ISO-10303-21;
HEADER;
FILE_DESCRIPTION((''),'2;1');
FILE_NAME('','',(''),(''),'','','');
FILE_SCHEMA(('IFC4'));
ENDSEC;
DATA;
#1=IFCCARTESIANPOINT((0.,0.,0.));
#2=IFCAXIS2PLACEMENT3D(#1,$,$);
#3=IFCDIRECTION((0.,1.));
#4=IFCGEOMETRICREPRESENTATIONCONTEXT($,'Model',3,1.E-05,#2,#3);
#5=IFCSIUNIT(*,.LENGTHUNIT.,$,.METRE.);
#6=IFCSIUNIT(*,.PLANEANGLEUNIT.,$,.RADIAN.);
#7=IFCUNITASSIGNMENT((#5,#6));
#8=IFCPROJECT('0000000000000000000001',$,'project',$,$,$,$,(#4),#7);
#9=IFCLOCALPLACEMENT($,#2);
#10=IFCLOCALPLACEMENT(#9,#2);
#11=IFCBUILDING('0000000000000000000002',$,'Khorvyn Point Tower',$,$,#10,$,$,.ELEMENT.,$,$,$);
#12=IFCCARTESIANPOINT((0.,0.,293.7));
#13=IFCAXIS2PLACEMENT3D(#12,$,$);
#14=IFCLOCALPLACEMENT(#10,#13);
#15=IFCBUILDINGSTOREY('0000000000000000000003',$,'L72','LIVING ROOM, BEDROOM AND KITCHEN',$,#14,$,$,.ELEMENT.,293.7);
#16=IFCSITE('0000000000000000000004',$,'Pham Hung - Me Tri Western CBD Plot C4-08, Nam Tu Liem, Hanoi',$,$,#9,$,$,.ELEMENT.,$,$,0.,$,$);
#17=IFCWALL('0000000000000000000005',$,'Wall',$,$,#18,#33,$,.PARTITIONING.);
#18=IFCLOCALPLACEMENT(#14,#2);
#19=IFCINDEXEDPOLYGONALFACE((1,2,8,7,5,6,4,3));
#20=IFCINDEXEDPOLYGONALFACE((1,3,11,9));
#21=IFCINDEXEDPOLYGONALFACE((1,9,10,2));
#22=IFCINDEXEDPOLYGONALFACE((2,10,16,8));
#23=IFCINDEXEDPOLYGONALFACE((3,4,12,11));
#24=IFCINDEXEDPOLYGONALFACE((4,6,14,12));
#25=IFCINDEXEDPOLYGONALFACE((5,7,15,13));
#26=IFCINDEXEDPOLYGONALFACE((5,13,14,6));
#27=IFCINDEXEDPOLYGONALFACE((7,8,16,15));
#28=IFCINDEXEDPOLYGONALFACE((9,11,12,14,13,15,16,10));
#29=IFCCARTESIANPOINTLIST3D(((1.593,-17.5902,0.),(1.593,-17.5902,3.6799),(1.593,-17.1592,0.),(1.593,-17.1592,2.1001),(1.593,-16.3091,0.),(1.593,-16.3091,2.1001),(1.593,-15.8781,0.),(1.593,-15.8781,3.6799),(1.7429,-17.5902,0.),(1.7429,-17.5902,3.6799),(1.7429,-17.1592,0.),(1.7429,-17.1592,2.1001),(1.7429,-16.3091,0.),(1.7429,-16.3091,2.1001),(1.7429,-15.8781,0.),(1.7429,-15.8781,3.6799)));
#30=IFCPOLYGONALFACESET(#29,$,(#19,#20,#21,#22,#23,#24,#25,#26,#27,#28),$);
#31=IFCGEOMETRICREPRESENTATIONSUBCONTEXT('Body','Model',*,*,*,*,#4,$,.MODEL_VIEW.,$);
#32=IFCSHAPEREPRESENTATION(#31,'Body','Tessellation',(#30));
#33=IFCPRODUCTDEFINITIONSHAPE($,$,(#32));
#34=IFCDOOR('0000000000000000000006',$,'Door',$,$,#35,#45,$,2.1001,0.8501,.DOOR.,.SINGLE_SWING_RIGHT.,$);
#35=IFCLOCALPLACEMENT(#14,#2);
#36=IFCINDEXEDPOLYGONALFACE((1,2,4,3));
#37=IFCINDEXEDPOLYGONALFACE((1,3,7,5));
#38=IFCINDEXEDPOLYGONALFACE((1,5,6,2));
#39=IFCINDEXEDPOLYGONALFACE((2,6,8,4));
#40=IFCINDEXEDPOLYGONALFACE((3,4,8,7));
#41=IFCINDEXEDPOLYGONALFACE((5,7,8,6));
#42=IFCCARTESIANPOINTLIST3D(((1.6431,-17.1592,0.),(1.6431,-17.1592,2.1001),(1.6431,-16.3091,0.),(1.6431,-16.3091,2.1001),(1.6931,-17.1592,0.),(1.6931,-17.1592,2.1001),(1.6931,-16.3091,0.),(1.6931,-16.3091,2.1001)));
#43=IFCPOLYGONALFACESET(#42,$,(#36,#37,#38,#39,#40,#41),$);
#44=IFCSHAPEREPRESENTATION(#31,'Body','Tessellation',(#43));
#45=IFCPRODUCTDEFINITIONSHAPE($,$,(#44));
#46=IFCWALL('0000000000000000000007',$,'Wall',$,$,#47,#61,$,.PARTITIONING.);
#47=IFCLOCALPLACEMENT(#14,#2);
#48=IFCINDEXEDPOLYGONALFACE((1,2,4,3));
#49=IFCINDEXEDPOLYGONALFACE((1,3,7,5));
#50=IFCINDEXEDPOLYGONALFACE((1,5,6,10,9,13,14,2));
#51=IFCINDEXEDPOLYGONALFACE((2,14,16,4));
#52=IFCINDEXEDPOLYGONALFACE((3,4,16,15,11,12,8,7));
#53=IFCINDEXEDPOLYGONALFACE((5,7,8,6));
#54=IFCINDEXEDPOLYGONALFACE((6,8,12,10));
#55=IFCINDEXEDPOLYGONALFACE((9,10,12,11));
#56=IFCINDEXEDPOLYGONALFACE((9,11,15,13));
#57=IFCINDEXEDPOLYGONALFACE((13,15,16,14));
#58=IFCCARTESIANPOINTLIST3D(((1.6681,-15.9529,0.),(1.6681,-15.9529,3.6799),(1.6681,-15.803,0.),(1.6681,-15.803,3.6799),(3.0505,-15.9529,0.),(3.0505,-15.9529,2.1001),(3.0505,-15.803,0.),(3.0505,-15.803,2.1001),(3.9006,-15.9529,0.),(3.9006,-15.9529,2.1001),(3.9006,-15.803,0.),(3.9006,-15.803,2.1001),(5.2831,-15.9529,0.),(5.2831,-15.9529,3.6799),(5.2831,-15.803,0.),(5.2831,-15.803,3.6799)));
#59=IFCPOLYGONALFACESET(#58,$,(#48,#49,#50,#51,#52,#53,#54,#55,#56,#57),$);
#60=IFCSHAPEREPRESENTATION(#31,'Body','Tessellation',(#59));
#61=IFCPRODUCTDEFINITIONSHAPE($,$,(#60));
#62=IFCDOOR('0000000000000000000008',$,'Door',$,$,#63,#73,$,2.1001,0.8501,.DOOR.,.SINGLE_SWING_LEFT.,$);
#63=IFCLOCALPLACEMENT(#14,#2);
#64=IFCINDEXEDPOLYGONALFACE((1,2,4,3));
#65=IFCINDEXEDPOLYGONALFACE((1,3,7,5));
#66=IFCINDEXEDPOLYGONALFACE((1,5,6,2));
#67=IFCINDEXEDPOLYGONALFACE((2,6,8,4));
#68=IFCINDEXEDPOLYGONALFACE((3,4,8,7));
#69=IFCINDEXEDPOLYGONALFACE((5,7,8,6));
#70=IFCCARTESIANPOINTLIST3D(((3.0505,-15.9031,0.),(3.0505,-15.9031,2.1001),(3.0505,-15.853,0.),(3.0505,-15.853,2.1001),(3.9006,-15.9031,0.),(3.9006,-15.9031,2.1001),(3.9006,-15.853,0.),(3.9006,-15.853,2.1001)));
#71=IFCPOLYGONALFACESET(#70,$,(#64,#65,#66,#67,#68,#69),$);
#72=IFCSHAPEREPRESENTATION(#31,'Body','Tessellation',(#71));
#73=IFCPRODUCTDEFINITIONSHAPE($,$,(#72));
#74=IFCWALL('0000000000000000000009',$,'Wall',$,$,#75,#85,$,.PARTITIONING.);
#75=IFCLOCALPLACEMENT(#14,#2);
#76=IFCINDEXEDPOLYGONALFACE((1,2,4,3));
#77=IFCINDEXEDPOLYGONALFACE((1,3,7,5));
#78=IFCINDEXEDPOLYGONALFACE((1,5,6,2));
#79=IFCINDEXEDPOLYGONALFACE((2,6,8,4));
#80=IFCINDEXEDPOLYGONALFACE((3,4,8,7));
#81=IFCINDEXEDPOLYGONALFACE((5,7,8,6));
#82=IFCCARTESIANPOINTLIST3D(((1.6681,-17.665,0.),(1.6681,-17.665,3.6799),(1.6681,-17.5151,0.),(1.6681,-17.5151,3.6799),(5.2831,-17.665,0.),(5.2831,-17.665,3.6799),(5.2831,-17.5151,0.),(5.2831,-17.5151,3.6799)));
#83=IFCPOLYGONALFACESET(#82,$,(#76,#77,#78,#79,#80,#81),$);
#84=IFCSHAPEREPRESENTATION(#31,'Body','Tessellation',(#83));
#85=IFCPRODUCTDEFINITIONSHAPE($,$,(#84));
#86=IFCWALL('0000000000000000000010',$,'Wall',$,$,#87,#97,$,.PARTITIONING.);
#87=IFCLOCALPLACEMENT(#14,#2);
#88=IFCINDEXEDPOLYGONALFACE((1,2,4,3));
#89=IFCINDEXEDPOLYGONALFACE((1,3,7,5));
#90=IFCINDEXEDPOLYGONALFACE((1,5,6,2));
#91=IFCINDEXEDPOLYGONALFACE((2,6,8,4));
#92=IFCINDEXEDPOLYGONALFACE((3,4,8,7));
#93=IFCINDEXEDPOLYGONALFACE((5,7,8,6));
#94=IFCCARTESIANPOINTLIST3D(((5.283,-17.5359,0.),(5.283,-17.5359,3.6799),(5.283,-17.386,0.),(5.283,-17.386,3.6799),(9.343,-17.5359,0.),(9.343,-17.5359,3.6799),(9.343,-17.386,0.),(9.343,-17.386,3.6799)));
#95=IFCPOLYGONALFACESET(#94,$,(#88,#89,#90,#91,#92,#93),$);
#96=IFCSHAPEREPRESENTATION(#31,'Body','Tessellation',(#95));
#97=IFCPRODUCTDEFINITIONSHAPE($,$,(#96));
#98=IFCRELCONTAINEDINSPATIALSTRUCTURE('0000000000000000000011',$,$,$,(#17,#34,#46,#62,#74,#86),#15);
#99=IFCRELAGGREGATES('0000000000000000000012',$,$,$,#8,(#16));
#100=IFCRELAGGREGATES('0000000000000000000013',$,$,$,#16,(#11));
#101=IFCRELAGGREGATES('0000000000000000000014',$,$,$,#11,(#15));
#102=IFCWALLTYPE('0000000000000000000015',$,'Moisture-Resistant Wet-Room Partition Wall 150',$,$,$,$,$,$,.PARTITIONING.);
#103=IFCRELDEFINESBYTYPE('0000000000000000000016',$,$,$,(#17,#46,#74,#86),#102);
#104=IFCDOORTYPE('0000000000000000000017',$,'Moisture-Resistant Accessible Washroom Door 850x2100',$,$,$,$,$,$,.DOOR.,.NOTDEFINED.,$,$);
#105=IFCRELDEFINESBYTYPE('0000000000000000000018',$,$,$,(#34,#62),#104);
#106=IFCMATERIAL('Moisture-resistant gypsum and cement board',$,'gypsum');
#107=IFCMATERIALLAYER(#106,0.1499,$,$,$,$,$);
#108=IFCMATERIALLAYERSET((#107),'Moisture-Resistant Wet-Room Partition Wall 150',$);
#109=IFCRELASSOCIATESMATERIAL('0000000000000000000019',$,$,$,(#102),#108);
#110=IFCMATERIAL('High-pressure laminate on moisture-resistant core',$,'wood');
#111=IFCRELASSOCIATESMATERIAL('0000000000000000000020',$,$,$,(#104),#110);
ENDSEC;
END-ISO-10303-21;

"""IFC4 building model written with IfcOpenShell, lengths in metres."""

from ifc_helpers import new_model, si_unit, direction, frame, frame_2d, origin, place, context, subcontext, project, spatial, rectangle, extrude, material, layer, layer_set, type_object, element, fill, save


model = new_model("IFC4")

# Units and contexts
model_context = context("Model", 3, precision=1e-05, world=origin(), true_north=direction((0.0, 1.0)))
body_context = subcontext(model_context, "Body", "Model", "MODEL_VIEW")
ifc_project = project(units=[si_unit("LENGTHUNIT", "METRE"), si_unit("PLANEANGLEUNIT", "RADIAN")], contexts=[model_context])

# Site, building, storey
site_placement = place(None, origin())
site = spatial("IfcSite", under=ifc_project, at=site_placement, Name="Pham Hung - Me Tri Western CBD Plot C4-08, Nam Tu Liem, Hanoi", CompositionType="ELEMENT", RefElevation=0.0)
building_placement = place(site_placement, origin())
building = spatial("IfcBuilding", under=site, at=building_placement, Name="Khorvyn Point Tower", CompositionType="ELEMENT")
storey_placement = place(building_placement, frame((0.0, 0.0, 293.7)))
storey = spatial("IfcBuildingStorey", under=building, at=storey_placement, Name="L72", Description="LIVING ROOM, BEDROOM AND KITCHEN", CompositionType="ELEMENT", Elevation=293.7)

# Walls, openings, doors
ifc_material_1 = material(Name="Moisture-resistant gypsum and cement board", Category="gypsum")
ifc_layer_1 = layer(ifc_material_1, 0.1499)
ifc_layer_set_1 = layer_set([ifc_layer_1], Name="Moisture-Resistant Wet-Room Partition Wall 150")
wall_type_1 = type_object("IfcWallType", Name="Moisture-Resistant Wet-Room Partition Wall 150", PredefinedType="PARTITIONING", material=ifc_layer_set_1)
wall_1_placement = place(storey_placement, frame((1.668, -17.5901, 0.0), z_axis=(0.0, 0.0, 1.0), x_axis=(0.0, 1.0, 0.0)))
wall_1 = element("IfcWall", 1, at=wall_1_placement, inside=storey, type_object=wall_type_1, Name="Wall", PredefinedType="PARTITIONING", context=body_context, shape_type="SweptSolid", body=[
    extrude(rectangle(XDim=1.7122, YDim=0.1499, at=frame_2d((0.856, 0.0))), origin(), (0.0, 0.0, 1.0), 3.6799),
])
opening_1_placement = place(wall_1_placement, frame((0.4309, 0.0, 0.0)))
opening_1 = element("IfcOpeningElement", 2, at=opening_1_placement, cuts=wall_1, PredefinedType="OPENING", context=body_context, shape_type="SweptSolid", body=[
    extrude(rectangle(XDim=0.8501, YDim=2.1001, at=frame_2d((0.425, 1.05))), frame((0.0, 0.085, 0.0), z_axis=(0.0, -1.0, 0.0), x_axis=(1.0, 0.0, 0.0)), (0.0, 0.0, 1.0), 0.1699),
])
ifc_material_2 = material(Name="High-pressure laminate on moisture-resistant core", Category="wood")
door_type_1 = type_object("IfcDoorType", Name="Moisture-Resistant Accessible Washroom Door 850x2100", OperationType="NOTDEFINED", PredefinedType="DOOR", material=ifc_material_2)
door_1_placement = place(opening_1_placement, origin())
door_1 = element("IfcDoor", 3, at=door_1_placement, inside=storey, type_object=door_type_1, Name="Door", OperationType="SINGLE_SWING_RIGHT", OverallHeight=2.1001, OverallWidth=0.8501, PredefinedType="DOOR", context=body_context, shape_type="SweptSolid", body=[
    extrude(rectangle(XDim=0.8501, YDim=2.1001, at=frame_2d((0.425, 1.05))), frame((0.0, 0.0249, 0.0), z_axis=(0.0, -1.0, 0.0), x_axis=(1.0, 0.0, 0.0)), (0.0, 0.0, 1.0), 0.05),
])
fill(opening_1, door_1)
wall_2_placement = place(storey_placement, frame((1.668, -15.8779, 0.0), z_axis=(0.0, 0.0, 1.0), x_axis=(1.0, 0.0, 0.0)))
wall_2 = element("IfcWall", 4, at=wall_2_placement, inside=storey, type_object=wall_type_1, Name="Wall", PredefinedType="PARTITIONING", context=body_context, shape_type="SweptSolid", body=[
    extrude(rectangle(XDim=3.615, YDim=0.1499, at=frame_2d((1.8076, 0.0))), origin(), (0.0, 0.0, 1.0), 3.6799),
])
opening_2_placement = place(wall_2_placement, frame((1.3826, 0.0, 0.0)))
opening_2 = element("IfcOpeningElement", 5, at=opening_2_placement, cuts=wall_2, PredefinedType="OPENING", context=body_context, shape_type="SweptSolid", body=[
    extrude(rectangle(XDim=0.8501, YDim=2.1001, at=frame_2d((0.425, 1.05))), frame((0.0, 0.085, 0.0), z_axis=(0.0, -1.0, 0.0), x_axis=(1.0, 0.0, 0.0)), (0.0, 0.0, 1.0), 0.1699),
])
door_2_placement = place(opening_2_placement, origin())
door_2 = element("IfcDoor", 6, at=door_2_placement, inside=storey, type_object=door_type_1, Name="Door", OperationType="SINGLE_SWING_LEFT", OverallHeight=2.1001, OverallWidth=0.8501, PredefinedType="DOOR", context=body_context, shape_type="SweptSolid", body=[
    extrude(rectangle(XDim=0.8501, YDim=2.1001, at=frame_2d((0.425, 1.05))), frame((0.0, 0.0249, 0.0), z_axis=(0.0, -1.0, 0.0), x_axis=(1.0, 0.0, 0.0)), (0.0, 0.0, 1.0), 0.05),
])
fill(opening_2, door_2)

# Walls
wall_3_placement = place(storey_placement, frame((1.668, -17.5901, 0.0), z_axis=(0.0, 0.0, 1.0), x_axis=(1.0, 0.0, 0.0)))
element("IfcWall", 7, at=wall_3_placement, inside=storey, type_object=wall_type_1, Name="Wall", PredefinedType="PARTITIONING", context=body_context, shape_type="SweptSolid", body=[
    extrude(rectangle(XDim=3.615, YDim=0.1499, at=frame_2d((1.8076, 0.0))), origin(), (0.0, 0.0, 1.0), 3.6799),
])
wall_4_placement = place(storey_placement, frame((5.283, -17.4609, 0.0), z_axis=(0.0, 0.0, 1.0), x_axis=(1.0, 0.0, 0.0)))
element("IfcWall", 8, at=wall_4_placement, inside=storey, type_object=wall_type_1, Name="Wall", PredefinedType="PARTITIONING", context=body_context, shape_type="SweptSolid", body=[
    extrude(rectangle(XDim=4.0601, YDim=0.1499, at=frame_2d((2.03, 0.0))), origin(), (0.0, 0.0, 1.0), 3.6799),
])

save(model, "model.ifc")
